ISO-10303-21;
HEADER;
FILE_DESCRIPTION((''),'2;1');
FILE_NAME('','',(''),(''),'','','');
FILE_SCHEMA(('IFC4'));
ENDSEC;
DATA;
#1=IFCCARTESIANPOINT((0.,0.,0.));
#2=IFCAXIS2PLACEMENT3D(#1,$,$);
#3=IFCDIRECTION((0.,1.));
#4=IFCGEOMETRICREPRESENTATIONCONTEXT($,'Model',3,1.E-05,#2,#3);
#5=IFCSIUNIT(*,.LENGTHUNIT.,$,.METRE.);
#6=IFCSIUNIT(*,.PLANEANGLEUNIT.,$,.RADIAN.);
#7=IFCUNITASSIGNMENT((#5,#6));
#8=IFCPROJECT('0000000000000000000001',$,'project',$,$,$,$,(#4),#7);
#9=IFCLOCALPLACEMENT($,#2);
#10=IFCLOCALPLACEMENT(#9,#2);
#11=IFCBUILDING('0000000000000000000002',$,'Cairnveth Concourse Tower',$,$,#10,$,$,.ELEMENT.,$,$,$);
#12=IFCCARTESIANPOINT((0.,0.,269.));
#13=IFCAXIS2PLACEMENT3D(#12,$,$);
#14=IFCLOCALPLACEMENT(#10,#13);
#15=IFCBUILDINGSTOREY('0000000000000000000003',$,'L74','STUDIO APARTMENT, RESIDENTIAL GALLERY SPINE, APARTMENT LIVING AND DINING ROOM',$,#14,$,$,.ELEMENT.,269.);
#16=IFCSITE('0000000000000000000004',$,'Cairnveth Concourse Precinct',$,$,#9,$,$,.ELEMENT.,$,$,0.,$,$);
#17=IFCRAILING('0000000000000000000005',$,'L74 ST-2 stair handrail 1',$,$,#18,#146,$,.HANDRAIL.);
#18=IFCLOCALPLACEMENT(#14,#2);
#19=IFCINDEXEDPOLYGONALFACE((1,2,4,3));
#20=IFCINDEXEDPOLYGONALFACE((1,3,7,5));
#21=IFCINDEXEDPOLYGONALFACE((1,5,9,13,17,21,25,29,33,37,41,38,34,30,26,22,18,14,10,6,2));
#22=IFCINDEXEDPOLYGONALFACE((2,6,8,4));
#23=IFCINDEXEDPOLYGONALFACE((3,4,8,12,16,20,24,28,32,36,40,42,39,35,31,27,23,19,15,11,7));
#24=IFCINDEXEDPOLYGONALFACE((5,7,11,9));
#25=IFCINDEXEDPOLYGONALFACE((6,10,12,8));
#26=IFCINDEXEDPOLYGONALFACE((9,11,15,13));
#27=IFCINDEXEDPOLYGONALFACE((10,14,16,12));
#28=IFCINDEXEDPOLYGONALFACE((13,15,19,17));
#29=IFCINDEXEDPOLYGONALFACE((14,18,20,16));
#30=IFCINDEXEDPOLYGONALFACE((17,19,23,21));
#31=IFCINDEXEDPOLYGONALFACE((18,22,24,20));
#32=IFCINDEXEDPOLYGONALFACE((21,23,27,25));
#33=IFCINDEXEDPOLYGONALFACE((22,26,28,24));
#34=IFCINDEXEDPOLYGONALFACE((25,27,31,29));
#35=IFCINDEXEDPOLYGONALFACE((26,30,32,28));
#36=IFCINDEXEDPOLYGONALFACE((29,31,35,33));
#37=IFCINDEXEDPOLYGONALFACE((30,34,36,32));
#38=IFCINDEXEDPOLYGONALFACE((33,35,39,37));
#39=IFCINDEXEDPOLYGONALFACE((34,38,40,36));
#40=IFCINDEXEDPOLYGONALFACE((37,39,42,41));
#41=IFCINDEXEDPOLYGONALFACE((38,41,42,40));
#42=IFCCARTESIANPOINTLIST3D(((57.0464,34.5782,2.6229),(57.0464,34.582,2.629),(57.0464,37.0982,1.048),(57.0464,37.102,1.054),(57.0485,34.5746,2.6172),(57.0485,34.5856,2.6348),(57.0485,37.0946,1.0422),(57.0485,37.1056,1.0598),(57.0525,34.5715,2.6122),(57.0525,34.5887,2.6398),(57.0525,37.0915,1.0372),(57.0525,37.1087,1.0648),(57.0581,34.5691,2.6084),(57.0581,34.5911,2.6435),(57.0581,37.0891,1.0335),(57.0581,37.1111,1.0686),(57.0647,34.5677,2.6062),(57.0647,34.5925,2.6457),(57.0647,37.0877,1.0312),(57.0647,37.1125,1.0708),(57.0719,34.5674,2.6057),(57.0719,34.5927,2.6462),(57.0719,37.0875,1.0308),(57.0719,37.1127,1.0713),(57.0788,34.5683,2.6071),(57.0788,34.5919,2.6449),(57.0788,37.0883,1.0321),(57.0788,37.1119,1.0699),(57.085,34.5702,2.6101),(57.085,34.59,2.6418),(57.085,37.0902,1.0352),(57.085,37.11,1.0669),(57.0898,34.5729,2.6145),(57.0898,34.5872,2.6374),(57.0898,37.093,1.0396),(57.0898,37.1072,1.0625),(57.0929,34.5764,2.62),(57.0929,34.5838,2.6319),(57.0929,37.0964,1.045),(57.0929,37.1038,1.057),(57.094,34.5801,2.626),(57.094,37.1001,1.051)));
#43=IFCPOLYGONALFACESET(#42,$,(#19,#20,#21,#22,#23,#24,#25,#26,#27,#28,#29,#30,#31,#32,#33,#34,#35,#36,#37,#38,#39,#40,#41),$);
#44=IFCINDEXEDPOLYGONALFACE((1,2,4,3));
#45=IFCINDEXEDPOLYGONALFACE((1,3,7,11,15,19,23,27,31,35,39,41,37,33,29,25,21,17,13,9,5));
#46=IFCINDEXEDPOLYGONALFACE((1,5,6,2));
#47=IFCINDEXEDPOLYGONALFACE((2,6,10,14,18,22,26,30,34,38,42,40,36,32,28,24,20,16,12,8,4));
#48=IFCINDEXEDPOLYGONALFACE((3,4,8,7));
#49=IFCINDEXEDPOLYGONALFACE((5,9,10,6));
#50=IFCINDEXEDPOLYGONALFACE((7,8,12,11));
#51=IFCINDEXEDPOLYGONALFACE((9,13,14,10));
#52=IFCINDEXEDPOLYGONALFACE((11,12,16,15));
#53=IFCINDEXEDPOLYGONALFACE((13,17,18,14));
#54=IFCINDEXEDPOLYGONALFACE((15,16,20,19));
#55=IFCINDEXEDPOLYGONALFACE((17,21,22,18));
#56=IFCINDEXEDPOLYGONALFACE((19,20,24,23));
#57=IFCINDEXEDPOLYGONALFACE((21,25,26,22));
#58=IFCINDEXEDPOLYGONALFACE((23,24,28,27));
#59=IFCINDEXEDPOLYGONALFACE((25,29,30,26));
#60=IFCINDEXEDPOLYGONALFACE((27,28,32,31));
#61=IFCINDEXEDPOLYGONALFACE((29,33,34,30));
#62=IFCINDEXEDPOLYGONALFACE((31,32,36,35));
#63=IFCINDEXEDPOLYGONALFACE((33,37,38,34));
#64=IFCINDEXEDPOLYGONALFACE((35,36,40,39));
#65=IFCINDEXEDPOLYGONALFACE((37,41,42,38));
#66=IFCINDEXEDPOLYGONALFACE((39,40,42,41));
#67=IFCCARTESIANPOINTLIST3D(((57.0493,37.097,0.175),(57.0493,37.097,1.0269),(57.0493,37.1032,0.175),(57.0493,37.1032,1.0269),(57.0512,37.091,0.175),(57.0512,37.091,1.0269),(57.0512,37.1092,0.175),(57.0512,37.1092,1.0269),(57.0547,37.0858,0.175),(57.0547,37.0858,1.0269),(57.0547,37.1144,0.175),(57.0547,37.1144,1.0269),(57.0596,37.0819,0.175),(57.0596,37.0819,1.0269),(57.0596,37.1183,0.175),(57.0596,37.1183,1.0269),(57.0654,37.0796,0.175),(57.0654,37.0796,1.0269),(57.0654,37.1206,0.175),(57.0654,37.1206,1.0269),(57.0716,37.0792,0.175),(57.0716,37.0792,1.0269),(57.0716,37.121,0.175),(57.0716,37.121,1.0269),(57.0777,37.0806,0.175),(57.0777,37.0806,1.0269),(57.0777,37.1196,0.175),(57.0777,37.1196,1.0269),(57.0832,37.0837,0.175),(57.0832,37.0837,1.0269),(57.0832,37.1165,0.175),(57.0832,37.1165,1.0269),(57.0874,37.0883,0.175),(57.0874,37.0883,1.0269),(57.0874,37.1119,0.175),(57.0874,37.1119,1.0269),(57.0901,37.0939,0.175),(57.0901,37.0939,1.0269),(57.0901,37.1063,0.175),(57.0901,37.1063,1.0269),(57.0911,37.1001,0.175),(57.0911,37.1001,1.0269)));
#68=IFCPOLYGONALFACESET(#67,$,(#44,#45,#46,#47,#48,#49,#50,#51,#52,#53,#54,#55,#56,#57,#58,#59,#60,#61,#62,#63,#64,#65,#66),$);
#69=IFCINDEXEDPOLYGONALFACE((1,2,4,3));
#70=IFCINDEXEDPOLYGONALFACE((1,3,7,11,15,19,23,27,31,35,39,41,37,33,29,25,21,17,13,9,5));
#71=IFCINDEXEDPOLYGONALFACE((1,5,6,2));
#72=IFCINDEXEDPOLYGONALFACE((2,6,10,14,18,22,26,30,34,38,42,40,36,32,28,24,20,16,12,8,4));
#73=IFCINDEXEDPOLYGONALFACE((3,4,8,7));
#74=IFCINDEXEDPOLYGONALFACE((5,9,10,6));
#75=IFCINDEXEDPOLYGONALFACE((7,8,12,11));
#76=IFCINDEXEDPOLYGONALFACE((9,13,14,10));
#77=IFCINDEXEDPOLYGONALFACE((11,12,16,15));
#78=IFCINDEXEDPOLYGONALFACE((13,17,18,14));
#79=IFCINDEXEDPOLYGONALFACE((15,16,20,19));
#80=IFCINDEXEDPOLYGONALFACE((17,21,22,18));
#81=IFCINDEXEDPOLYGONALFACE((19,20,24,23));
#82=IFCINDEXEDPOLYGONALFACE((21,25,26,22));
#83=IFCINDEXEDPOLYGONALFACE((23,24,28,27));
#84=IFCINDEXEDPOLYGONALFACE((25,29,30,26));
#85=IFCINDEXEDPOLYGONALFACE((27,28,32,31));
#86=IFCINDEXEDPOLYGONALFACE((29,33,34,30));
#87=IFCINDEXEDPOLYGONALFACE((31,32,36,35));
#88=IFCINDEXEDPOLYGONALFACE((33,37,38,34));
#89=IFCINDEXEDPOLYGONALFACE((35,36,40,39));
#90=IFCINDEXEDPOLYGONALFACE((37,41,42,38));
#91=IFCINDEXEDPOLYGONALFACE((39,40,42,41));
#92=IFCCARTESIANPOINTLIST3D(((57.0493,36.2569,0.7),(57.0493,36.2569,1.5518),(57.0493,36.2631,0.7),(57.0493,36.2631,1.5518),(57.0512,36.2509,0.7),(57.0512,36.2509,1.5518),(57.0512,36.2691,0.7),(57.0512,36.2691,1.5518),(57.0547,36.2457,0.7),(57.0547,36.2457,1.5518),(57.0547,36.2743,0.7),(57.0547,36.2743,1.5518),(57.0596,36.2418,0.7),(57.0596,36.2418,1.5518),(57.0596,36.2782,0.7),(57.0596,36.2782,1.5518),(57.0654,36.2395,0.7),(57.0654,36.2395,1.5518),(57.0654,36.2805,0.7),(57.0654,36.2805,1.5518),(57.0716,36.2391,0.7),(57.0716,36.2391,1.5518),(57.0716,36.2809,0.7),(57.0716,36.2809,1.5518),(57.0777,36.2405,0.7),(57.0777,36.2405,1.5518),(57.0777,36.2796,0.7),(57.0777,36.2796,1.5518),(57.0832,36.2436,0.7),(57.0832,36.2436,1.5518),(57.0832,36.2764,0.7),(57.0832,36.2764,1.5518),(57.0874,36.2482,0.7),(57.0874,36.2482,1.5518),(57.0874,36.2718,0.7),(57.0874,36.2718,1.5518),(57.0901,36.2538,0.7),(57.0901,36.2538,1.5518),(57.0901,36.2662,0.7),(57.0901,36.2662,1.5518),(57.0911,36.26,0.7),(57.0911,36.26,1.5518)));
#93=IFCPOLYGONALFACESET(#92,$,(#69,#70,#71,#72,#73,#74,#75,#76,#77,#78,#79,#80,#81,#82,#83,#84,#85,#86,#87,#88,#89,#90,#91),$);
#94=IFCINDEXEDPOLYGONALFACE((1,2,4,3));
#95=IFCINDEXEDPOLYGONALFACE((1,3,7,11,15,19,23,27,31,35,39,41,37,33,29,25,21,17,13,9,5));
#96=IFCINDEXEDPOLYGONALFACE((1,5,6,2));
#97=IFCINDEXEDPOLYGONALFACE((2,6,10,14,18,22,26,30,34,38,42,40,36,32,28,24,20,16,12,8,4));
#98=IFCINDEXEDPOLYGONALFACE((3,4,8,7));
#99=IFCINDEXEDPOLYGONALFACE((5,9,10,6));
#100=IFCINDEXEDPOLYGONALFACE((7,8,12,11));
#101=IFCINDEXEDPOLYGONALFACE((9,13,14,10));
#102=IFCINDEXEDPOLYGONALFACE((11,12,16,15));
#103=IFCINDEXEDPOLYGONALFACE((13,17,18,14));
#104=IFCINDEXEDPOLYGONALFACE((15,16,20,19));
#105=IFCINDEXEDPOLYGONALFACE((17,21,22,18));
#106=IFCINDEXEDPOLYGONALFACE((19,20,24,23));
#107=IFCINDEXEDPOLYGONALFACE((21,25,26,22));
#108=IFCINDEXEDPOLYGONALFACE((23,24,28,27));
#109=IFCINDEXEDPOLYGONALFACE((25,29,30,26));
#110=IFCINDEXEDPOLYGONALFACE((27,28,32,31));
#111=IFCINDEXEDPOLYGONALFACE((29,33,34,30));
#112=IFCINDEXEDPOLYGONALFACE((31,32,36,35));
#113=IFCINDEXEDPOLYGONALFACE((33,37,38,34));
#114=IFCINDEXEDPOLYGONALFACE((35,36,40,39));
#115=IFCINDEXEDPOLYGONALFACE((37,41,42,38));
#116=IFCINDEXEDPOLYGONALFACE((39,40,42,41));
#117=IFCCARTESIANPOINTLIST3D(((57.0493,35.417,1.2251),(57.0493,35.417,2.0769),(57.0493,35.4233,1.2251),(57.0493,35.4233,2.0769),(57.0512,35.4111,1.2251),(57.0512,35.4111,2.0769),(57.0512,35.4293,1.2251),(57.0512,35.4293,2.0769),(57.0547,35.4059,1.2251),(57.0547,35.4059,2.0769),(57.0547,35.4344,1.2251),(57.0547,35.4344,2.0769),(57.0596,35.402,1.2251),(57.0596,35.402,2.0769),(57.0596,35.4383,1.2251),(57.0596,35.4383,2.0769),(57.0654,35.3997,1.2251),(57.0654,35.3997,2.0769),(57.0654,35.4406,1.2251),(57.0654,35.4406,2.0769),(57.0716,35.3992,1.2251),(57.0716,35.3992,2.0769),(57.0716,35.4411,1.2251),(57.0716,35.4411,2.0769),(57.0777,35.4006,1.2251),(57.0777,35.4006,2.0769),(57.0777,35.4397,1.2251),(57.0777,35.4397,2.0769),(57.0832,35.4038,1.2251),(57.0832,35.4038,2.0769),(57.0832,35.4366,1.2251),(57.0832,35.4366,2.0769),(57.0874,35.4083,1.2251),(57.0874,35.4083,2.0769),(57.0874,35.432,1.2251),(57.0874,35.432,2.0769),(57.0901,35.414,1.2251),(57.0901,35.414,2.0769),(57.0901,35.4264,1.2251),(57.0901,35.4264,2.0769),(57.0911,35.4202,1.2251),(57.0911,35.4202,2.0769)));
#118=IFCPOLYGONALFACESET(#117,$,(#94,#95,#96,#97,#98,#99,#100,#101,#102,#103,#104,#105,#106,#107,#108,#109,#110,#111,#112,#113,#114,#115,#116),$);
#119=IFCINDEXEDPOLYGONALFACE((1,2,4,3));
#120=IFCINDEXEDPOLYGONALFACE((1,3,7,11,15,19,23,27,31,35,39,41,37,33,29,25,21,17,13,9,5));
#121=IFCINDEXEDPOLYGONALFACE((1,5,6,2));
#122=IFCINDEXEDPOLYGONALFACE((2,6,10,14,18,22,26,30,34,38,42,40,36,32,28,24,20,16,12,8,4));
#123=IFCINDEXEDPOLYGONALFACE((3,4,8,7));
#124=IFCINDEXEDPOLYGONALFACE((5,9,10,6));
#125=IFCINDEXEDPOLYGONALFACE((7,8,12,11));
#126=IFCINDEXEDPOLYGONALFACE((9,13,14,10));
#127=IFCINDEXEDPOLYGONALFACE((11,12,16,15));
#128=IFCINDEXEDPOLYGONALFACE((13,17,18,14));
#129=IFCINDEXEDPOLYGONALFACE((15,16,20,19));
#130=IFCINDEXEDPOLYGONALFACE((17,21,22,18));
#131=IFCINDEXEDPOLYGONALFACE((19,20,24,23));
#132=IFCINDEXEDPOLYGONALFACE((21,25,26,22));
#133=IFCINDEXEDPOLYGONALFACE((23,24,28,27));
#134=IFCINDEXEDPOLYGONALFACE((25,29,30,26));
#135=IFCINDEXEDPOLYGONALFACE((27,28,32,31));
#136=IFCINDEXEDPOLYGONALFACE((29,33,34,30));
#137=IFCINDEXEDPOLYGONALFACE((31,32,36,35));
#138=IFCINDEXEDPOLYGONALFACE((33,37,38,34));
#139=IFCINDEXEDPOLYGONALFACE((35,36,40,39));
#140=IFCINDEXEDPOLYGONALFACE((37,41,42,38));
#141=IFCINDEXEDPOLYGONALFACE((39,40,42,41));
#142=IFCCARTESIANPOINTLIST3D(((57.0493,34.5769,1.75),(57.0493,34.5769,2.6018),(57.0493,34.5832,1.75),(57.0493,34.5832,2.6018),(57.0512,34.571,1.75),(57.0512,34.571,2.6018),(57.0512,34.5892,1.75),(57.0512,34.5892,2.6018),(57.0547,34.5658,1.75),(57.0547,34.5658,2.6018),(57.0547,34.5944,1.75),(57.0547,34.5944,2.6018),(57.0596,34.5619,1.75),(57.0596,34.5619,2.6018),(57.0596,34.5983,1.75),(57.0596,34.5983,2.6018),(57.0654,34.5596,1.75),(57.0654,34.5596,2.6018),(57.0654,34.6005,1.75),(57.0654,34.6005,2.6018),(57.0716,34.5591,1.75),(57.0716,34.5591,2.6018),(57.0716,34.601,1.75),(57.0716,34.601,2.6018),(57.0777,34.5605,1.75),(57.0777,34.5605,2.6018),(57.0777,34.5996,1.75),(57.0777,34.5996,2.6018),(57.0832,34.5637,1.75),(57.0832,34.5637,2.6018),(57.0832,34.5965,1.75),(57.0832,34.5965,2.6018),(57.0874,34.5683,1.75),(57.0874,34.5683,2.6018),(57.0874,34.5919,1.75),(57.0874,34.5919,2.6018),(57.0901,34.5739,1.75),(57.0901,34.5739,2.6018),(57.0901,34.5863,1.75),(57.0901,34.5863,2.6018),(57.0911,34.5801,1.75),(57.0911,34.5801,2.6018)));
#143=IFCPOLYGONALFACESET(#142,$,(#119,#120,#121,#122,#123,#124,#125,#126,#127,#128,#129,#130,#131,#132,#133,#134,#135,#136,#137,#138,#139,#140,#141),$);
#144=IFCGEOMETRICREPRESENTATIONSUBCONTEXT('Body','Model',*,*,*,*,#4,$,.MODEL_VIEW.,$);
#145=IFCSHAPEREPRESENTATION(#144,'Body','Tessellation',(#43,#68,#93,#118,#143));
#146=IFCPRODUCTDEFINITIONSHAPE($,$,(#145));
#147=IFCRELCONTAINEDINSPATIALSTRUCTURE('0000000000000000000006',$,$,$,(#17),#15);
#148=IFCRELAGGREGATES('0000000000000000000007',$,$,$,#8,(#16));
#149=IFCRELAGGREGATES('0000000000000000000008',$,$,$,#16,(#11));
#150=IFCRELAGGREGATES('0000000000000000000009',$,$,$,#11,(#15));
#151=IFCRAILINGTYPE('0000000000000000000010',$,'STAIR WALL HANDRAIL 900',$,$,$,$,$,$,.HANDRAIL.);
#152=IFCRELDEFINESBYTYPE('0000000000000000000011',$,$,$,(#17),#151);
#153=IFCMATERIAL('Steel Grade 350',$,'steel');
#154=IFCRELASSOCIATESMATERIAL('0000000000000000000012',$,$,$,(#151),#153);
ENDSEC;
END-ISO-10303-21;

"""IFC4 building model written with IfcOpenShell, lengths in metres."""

from ifc_helpers import new_model, si_unit, direction, frame, origin, origin_2d, place, context, subcontext, project, spatial, circle, extrude, material, type_object, element, save


model = new_model("IFC4")

# Units and contexts
model_context = context("Model", 3, precision=1e-05, world=origin(), true_north=direction((0.0, 1.0)))
body_context = subcontext(model_context, "Body", "Model", "MODEL_VIEW")
ifc_project = project(units=[si_unit("LENGTHUNIT", "METRE"), si_unit("PLANEANGLEUNIT", "RADIAN")], contexts=[model_context])

# Site, building, storey
site_placement = place(None, origin())
site = spatial("IfcSite", under=ifc_project, at=site_placement, Name="Cairnveth Concourse Precinct", CompositionType="ELEMENT", RefElevation=0.0)
building_placement = place(site_placement, origin())
building = spatial("IfcBuilding", under=site, at=building_placement, Name="Cairnveth Concourse Tower", CompositionType="ELEMENT")
storey_placement = place(building_placement, frame((0.0, 0.0, 269.0)))
storey = spatial("IfcBuildingStorey", under=building, at=storey_placement, Name="L74", Description="STUDIO APARTMENT, RESIDENTIAL GALLERY SPINE, APARTMENT LIVING AND DINING ROOM", CompositionType="ELEMENT", Elevation=269.0)

# Shared definitions
ifc_material_1 = material(Name="Steel Grade 350", Category="steel")

# Railing
railing_type_1 = type_object("IfcRailingType", Name="STAIR WALL HANDRAIL 900", PredefinedType="HANDRAIL", material=ifc_material_1)
railing_1_placement = place(storey_placement, frame((57.0701, 37.1001, 0.175)))
element("IfcRailing", 1, at=railing_1_placement, inside=storey, type_object=railing_type_1, Name="L74 ST-2 stair handrail 1", PredefinedType="HANDRAIL", context=body_context, shape_type="SweptSolid", body=[
    extrude(circle(Radius=0.0239, at=origin_2d()), frame((0.0, 0.0, 0.876), z_axis=(0.0, -0.848008, 0.529984), x_axis=(1.0, 0.0, 0.0)), (0.0, 0.0, 1.0), 2.9717),
    extrude(circle(Radius=0.021, at=origin_2d()), origin(), (0.0, 0.0, 1.0), 0.8518),
    extrude(circle(Radius=0.021, at=origin_2d()), frame((0.0, -0.8401, 0.5249)), (0.0, 0.0, 1.0), 0.8518),
    extrude(circle(Radius=0.021, at=origin_2d()), frame((0.0, -1.6799, 1.05)), (0.0, 0.0, 1.0), 0.8518),
    extrude(circle(Radius=0.021, at=origin_2d()), frame((0.0, -2.52, 1.575)), (0.0, 0.0, 1.0), 0.8518),
])

save(model, "model.ifc")
